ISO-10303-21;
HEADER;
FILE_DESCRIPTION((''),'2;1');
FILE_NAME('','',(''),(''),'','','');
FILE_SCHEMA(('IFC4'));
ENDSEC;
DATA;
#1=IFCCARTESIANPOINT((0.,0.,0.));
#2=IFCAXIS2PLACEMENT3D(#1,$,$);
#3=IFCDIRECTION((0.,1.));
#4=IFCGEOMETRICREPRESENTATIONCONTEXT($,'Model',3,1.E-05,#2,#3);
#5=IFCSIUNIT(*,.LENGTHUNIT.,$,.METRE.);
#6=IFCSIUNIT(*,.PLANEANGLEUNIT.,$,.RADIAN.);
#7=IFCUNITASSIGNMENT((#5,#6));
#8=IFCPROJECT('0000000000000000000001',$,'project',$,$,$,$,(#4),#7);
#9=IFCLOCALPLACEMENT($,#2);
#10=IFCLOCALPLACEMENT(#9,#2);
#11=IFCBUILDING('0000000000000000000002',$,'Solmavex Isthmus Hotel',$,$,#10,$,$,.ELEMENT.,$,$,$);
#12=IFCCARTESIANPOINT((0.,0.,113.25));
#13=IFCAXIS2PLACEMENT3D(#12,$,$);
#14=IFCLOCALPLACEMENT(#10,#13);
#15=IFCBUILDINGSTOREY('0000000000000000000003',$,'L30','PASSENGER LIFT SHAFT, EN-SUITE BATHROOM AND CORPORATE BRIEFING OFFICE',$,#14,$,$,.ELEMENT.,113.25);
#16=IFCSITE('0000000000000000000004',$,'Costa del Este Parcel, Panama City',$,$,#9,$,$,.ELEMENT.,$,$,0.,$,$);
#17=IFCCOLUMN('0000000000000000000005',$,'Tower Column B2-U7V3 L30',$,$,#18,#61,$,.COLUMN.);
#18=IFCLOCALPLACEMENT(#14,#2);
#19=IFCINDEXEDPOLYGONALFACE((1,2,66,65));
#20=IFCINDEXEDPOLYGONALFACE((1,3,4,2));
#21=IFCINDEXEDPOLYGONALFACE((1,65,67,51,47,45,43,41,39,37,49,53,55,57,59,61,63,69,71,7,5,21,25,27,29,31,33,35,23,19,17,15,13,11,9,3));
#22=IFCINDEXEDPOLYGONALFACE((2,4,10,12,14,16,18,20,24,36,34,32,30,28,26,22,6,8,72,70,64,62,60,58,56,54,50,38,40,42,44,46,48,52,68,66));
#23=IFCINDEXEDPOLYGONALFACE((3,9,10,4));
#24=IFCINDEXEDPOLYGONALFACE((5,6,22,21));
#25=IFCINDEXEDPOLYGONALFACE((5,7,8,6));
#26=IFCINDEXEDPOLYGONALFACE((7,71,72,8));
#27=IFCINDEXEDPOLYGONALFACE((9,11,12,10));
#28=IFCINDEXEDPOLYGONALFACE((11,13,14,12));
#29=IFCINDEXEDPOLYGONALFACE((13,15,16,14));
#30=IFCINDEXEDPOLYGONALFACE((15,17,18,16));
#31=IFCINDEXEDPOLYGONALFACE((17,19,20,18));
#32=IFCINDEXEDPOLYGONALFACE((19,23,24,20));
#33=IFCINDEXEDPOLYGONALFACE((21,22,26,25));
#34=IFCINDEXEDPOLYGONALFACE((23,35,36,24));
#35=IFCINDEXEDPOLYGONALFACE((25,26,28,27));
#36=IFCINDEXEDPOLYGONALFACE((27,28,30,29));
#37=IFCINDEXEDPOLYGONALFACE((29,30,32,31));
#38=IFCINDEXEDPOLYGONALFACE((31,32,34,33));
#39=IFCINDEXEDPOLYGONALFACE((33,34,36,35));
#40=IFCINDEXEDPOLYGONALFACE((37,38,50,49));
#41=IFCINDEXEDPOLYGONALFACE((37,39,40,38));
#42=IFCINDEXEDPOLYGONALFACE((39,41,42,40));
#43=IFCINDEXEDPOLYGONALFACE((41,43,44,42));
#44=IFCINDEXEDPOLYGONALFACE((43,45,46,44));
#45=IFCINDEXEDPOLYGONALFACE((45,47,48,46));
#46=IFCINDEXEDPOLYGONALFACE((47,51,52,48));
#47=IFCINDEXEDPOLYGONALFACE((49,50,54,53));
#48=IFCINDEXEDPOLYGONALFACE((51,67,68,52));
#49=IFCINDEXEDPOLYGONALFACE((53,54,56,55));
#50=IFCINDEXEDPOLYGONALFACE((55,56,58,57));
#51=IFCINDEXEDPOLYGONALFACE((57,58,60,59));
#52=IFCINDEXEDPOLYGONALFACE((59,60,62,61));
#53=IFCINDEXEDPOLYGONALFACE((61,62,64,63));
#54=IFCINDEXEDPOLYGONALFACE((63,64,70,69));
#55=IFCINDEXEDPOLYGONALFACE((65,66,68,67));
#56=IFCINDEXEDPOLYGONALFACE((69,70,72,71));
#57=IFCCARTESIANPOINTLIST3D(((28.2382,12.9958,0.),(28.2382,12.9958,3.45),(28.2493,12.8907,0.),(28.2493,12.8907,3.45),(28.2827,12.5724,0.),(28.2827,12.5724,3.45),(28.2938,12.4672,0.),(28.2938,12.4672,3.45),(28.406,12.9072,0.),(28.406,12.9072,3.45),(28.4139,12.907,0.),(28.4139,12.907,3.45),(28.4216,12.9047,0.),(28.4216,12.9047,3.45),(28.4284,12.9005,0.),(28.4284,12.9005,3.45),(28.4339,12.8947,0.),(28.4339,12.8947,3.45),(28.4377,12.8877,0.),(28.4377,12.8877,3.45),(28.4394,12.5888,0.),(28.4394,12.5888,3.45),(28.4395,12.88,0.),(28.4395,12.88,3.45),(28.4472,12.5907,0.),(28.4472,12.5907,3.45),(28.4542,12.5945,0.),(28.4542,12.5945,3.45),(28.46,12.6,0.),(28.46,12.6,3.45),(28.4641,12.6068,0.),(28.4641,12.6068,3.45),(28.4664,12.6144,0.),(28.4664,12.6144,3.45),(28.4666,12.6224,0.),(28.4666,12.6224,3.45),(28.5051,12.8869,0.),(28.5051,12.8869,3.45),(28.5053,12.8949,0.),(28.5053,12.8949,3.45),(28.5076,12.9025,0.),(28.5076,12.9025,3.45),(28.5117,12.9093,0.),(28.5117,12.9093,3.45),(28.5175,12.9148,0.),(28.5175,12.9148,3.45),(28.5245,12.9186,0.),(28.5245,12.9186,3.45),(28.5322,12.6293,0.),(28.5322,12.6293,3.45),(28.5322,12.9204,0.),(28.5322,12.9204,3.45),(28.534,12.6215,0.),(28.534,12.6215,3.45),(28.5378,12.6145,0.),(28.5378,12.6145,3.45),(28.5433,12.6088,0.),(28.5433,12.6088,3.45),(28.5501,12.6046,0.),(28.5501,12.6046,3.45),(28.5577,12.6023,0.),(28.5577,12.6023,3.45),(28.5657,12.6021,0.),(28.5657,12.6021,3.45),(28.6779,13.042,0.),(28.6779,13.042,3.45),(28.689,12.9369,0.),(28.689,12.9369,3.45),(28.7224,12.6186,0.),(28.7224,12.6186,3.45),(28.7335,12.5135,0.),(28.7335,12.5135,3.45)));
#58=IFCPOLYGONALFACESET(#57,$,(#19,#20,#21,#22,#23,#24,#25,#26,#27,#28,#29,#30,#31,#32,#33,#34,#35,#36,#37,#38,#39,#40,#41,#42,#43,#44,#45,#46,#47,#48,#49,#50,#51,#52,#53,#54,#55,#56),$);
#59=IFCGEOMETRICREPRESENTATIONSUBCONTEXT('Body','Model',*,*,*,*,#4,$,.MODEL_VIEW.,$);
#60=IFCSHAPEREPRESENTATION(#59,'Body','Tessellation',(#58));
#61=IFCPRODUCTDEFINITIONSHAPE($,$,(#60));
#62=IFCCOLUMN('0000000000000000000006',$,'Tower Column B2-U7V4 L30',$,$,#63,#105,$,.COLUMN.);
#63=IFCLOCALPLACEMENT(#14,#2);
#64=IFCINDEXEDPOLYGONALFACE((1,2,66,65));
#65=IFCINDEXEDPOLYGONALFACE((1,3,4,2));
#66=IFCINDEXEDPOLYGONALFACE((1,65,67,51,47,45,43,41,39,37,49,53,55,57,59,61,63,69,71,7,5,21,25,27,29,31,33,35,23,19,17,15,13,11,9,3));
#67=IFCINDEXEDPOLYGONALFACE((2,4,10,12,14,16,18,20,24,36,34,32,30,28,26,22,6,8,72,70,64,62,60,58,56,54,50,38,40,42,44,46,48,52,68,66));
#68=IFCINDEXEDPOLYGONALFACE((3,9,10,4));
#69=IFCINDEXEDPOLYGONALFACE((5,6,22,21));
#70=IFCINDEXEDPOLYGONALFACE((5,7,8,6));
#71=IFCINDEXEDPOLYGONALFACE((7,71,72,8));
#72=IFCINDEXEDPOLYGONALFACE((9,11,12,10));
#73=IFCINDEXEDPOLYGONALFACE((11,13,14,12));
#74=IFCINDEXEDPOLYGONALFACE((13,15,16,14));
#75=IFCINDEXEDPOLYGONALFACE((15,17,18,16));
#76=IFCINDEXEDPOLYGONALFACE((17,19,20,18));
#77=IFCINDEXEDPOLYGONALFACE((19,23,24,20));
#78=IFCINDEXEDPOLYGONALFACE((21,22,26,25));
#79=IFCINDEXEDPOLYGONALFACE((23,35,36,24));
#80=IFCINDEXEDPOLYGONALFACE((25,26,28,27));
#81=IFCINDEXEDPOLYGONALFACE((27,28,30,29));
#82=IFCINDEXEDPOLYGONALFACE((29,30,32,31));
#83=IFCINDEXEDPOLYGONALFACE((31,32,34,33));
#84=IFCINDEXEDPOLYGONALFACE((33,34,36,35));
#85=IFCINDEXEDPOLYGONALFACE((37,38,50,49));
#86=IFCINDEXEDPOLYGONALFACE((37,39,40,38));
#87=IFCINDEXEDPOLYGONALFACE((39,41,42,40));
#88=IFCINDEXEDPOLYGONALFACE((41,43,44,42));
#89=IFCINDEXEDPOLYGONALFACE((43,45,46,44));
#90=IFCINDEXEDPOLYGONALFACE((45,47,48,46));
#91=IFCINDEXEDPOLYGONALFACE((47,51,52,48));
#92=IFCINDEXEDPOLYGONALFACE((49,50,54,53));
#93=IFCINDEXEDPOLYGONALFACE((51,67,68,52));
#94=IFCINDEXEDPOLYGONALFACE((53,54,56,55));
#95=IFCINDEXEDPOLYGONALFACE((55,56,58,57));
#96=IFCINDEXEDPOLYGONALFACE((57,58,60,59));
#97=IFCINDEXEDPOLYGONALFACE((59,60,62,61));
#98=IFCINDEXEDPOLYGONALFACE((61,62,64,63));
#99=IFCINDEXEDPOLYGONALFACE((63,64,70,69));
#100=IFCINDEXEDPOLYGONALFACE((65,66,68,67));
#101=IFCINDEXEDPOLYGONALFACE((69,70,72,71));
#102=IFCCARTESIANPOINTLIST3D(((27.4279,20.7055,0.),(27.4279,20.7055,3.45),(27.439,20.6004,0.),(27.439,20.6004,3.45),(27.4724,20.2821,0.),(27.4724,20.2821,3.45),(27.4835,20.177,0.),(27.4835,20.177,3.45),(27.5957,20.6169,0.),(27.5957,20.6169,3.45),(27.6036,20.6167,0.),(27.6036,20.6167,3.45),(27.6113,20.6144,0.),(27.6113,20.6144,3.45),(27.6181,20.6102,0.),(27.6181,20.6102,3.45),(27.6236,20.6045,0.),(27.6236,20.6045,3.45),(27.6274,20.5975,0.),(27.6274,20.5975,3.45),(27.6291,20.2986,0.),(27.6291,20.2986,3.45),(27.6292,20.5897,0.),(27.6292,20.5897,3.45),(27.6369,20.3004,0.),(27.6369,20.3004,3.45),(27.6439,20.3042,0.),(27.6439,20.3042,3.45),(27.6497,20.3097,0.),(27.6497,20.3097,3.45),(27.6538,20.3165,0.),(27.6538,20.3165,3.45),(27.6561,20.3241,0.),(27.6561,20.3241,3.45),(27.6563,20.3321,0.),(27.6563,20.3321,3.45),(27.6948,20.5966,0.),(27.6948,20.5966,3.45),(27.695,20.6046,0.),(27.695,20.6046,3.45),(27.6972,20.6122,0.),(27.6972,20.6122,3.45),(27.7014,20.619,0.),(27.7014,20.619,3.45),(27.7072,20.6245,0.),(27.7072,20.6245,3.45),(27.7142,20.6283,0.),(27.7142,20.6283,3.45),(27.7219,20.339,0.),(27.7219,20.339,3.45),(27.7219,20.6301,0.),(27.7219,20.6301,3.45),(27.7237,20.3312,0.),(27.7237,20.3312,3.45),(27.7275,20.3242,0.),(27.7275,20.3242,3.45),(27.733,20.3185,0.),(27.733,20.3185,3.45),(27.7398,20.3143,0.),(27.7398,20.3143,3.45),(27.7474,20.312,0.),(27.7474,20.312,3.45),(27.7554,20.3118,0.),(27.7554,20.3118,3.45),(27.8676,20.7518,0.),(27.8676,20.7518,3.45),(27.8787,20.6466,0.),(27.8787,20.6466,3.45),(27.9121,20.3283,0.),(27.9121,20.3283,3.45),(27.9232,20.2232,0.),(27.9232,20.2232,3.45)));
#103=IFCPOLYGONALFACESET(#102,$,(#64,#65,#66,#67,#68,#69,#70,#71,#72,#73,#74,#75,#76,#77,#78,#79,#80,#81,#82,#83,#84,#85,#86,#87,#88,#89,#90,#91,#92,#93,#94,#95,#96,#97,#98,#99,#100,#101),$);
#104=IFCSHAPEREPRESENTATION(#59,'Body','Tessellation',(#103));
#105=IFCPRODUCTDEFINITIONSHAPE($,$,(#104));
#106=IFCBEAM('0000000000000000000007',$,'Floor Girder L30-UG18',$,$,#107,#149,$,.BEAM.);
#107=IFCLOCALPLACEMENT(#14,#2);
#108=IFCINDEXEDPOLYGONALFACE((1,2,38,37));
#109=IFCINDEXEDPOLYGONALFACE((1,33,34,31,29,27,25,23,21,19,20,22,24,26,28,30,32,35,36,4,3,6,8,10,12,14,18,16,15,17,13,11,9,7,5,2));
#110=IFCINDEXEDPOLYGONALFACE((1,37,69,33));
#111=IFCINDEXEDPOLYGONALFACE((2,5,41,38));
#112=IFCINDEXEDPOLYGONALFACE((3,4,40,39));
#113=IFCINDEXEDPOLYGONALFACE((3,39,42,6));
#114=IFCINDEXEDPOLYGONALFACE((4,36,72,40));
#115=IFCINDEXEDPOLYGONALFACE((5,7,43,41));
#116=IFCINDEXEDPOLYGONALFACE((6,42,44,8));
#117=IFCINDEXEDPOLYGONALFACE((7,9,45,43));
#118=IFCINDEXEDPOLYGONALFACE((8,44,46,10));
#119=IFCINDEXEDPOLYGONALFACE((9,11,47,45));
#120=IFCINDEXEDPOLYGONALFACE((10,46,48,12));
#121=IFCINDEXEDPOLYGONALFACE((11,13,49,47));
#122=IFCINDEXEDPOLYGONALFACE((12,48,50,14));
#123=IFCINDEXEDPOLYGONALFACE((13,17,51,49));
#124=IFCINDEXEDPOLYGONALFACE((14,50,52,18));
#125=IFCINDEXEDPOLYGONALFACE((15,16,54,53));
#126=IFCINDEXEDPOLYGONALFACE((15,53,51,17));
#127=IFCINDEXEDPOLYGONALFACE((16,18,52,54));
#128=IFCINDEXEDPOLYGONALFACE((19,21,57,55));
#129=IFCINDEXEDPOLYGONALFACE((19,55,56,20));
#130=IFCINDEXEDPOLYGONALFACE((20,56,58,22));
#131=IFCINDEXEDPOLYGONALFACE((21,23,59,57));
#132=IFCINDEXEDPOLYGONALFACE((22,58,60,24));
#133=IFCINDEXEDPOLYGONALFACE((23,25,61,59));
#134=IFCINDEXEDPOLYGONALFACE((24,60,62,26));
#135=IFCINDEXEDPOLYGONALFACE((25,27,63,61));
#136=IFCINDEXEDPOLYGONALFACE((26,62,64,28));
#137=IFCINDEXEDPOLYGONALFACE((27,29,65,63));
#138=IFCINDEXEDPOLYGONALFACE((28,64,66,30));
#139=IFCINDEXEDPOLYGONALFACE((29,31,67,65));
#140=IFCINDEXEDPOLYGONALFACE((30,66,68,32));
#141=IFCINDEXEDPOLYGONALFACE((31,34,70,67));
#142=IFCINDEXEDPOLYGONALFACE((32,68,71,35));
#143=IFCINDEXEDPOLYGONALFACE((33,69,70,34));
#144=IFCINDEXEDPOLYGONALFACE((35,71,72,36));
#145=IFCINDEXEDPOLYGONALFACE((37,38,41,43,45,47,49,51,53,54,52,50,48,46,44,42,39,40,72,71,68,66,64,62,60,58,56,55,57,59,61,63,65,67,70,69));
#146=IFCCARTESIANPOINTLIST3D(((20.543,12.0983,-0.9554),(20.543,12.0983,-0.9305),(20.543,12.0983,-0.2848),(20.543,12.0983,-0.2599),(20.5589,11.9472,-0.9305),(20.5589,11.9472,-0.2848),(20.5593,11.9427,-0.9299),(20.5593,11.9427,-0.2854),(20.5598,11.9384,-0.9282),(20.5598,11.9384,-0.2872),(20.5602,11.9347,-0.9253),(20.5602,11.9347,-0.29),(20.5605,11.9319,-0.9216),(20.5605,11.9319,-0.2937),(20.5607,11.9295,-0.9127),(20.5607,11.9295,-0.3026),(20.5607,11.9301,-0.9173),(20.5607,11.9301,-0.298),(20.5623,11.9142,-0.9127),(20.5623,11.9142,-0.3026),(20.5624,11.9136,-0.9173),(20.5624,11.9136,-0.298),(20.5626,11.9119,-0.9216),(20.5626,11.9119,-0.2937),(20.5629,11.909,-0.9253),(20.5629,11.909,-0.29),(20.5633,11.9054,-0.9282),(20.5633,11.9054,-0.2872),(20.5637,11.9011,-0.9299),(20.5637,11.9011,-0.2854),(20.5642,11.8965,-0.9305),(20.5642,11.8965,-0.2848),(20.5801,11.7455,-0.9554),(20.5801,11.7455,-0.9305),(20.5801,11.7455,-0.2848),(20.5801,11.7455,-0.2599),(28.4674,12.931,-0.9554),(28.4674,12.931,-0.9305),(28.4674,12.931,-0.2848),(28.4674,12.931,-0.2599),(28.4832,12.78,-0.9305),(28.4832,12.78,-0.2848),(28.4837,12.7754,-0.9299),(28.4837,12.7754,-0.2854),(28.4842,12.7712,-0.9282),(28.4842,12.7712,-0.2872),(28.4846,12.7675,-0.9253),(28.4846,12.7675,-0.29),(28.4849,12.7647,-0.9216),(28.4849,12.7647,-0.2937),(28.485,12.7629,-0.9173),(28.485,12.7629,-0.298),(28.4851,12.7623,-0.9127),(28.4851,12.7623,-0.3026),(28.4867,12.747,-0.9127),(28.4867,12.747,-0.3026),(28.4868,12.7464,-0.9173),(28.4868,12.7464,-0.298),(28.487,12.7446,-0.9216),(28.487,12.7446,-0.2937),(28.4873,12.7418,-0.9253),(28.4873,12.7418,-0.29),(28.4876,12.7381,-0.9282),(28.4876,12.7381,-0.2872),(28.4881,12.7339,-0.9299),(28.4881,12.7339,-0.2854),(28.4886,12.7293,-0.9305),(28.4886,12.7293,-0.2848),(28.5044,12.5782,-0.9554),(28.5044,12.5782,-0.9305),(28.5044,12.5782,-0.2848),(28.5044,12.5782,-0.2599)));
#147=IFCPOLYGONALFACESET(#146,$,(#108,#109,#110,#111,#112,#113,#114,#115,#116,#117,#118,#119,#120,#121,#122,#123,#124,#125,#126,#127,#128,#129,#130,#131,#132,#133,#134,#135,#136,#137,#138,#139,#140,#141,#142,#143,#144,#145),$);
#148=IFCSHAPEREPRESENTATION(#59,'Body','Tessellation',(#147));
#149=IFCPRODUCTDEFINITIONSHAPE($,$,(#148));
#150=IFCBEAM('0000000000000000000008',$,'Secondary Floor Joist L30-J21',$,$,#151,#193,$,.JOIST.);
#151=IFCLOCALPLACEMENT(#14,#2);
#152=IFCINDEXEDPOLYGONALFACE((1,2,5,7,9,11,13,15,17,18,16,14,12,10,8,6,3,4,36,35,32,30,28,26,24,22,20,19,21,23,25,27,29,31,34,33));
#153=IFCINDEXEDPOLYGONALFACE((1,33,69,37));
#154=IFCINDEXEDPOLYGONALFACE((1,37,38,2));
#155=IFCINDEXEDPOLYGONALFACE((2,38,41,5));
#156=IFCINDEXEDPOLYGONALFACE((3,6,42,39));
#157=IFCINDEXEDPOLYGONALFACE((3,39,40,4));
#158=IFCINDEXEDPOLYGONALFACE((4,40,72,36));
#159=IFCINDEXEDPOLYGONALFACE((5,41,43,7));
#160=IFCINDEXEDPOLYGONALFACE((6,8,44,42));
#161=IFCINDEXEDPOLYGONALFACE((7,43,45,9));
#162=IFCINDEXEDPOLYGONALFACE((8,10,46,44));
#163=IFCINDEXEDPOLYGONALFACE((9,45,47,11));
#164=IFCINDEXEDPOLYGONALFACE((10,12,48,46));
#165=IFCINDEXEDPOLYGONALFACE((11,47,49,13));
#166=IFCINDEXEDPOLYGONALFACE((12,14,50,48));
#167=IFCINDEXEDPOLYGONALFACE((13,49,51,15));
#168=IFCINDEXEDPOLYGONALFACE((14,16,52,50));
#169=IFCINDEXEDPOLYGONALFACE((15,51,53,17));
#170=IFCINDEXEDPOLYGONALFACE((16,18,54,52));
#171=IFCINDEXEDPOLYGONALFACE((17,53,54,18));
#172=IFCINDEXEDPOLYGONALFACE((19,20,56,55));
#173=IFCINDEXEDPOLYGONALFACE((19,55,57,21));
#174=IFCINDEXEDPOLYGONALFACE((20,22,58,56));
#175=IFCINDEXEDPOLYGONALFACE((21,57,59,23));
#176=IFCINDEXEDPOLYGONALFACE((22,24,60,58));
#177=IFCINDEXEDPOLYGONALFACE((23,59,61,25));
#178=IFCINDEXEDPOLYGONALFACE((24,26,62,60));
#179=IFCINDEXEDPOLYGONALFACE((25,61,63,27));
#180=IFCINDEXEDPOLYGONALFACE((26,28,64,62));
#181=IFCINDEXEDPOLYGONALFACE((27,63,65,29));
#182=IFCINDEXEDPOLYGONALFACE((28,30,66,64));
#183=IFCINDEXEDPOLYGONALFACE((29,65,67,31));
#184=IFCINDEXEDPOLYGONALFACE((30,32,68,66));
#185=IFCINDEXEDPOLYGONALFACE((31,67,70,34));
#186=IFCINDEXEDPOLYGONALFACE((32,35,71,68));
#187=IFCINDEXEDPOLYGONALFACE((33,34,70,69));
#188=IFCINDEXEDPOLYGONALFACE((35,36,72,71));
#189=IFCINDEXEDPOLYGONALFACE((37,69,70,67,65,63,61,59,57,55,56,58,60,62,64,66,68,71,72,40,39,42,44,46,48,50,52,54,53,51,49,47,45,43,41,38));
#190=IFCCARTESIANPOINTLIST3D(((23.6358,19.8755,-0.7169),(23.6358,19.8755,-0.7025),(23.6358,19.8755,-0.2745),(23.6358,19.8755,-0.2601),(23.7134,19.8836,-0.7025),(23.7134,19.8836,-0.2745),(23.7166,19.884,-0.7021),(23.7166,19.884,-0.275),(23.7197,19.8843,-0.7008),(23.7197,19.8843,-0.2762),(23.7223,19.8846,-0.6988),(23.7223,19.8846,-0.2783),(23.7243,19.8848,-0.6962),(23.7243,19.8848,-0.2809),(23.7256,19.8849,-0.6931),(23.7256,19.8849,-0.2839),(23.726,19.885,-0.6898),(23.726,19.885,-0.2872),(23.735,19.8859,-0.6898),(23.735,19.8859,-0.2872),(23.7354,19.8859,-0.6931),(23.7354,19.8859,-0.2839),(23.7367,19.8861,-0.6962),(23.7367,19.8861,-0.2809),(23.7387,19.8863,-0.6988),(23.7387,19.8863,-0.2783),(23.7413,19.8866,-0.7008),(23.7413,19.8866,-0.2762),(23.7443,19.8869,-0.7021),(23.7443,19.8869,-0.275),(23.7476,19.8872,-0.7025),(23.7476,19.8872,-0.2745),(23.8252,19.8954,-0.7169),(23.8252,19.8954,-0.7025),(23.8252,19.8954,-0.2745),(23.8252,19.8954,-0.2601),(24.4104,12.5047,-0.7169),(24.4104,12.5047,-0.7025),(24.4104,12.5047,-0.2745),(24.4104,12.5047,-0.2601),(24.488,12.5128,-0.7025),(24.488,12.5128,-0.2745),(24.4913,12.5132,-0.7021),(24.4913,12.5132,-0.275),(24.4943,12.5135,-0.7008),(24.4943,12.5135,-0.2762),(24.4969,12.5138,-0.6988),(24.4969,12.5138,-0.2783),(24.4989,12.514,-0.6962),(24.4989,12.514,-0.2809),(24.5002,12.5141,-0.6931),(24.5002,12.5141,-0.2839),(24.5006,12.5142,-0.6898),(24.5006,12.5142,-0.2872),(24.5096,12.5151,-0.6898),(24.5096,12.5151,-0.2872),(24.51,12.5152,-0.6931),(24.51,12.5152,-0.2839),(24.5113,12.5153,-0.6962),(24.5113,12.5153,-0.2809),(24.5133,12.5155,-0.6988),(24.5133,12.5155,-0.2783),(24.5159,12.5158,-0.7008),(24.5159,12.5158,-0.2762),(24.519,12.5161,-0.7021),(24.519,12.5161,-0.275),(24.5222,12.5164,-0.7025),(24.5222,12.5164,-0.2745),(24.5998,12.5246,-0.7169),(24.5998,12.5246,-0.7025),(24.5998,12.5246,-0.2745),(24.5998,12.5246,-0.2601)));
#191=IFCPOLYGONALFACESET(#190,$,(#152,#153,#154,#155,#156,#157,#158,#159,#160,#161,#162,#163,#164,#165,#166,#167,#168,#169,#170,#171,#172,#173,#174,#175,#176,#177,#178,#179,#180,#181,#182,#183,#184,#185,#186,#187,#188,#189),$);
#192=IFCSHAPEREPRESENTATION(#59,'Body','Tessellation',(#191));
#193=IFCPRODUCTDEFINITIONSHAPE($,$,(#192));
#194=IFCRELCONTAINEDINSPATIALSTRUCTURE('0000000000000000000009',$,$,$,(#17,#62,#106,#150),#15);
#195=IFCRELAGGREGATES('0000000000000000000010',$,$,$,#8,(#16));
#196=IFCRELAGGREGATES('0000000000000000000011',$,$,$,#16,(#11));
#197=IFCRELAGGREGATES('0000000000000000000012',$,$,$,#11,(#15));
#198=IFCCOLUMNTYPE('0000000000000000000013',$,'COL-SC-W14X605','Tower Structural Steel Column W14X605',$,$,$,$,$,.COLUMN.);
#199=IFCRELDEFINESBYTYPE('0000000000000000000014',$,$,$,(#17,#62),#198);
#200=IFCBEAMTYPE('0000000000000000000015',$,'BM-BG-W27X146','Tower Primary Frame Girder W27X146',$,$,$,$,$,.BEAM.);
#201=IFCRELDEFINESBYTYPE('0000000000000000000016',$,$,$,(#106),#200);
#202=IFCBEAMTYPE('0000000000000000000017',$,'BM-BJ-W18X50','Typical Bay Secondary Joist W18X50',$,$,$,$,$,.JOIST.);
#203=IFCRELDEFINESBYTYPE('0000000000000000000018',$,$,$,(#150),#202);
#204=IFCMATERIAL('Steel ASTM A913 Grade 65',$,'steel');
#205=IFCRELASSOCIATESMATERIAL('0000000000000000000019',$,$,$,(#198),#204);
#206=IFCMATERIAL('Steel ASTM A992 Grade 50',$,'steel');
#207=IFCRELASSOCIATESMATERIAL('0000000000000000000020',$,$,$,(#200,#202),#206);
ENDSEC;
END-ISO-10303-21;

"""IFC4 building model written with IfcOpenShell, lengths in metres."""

from ifc_helpers import new_model, si_unit, direction, frame, origin, origin_2d, place, context, subcontext, project, spatial, i_section, extrude, material, material_profile, profile_set, type_object, element, save


model = new_model("IFC4")

# Units and contexts
model_context = context("Model", 3, precision=1e-05, world=origin(), true_north=direction((0.0, 1.0)))
body_context = subcontext(model_context, "Body", "Model", "MODEL_VIEW")
ifc_project = project(units=[si_unit("LENGTHUNIT", "METRE"), si_unit("PLANEANGLEUNIT", "RADIAN")], contexts=[model_context])

# Site, building, storey
site_placement = place(None, origin())
site = spatial("IfcSite", under=ifc_project, at=site_placement, Name="Costa del Este Parcel, Panama City", CompositionType="ELEMENT", RefElevation=0.0)
building_placement = place(site_placement, origin())
building = spatial("IfcBuilding", under=site, at=building_placement, Name="Solmavex Isthmus Hotel", CompositionType="ELEMENT")
storey_placement = place(building_placement, frame((0.0, 0.0, 113.25)))
storey = spatial("IfcBuildingStorey", under=building, at=storey_placement, Name="L30", Description="PASSENGER LIFT SHAFT, EN-SUITE BATHROOM AND CORPORATE BRIEFING OFFICE", CompositionType="ELEMENT", Elevation=113.25)

# Columns
ifc_material_1 = material(Name="Steel ASTM A913 Grade 65", Category="steel")
ifc_material_profile_1 = material_profile(ifc_material_1, i_section(OverallWidth=0.4421, OverallDepth=0.5315, WebThickness=0.0659, FlangeThickness=0.1057, FilletRadius=0.0305, at=origin_2d()), Name="W14X605")
ifc_profile_set_1 = profile_set([ifc_material_profile_1], Name="Steel ASTM A913 Grade 65")
column_type = type_object("IfcColumnType", Name="COL-SC-W14X605", Description="Tower Structural Steel Column W14X605", PredefinedType="COLUMN", material=ifc_profile_set_1)
for number, where, z_axis, x_axis, name in (
    (1, (28.4858, 12.7546, 0.0), (0.0, 0.0, 1.0), (0.994522, 0.104528, 0.0), "Tower Column B2-U7V3 L30"),
    (2, (27.6755, 20.4644, 0.0), (0.0, 0.0, 1.0), (0.994522, 0.104528, 0.0), "Tower Column B2-U7V4 L30"),
):
    element("IfcColumn", number, at=place(storey_placement, frame(where, z_axis=z_axis, x_axis=x_axis)), inside=storey, type_object=column_type, Name=name, PredefinedType="COLUMN", context=body_context, shape_type="SweptSolid", body=[
        extrude(i_section(OverallWidth=0.4421, OverallDepth=0.5315, WebThickness=0.0659, FlangeThickness=0.1057, FilletRadius=0.0305, at=origin_2d()), origin(), (0.0, 0.0, 1.0), 3.45),
    ])

# Beams
ifc_material_2 = material(Name="Steel ASTM A992 Grade 50", Category="steel")
ifc_material_profile_2 = material_profile(ifc_material_2, i_section(OverallWidth=0.3547, OverallDepth=0.6956, WebThickness=0.0154, FlangeThickness=0.0249, FilletRadius=0.0178, at=origin_2d()), Name="W27X146")
ifc_profile_set_2 = profile_set([ifc_material_profile_2], Name="Steel ASTM A992 Grade 50")
beam_type_1 = type_object("IfcBeamType", Name="BM-BG-W27X146", Description="Tower Primary Frame Girder W27X146", PredefinedType="BEAM", material=ifc_profile_set_2)
beam_1_placement = place(storey_placement, frame((20.5615, 11.9219, -0.6077), z_axis=(0.994523, 0.104514, 0.0), x_axis=(-0.104514, 0.994523, 0.0)))
element("IfcBeam", 3, at=beam_1_placement, inside=storey, type_object=beam_type_1, Name="Floor Girder L30-UG18", PredefinedType="BEAM", context=body_context, shape_type="SweptSolid", body=[
    extrude(i_section(OverallWidth=0.3547, OverallDepth=0.6956, WebThickness=0.0154, FlangeThickness=0.0249, FilletRadius=0.0178, at=origin_2d()), origin(), (0.0, 0.0, 1.0), 7.968),
])
ifc_material_profile_3 = material_profile(ifc_material_2, i_section(OverallWidth=0.1904, OverallDepth=0.4568, WebThickness=0.009, FlangeThickness=0.0144, FilletRadius=0.0127, at=origin_2d()), Name="W18X50")
ifc_profile_set_3 = profile_set([ifc_material_profile_3], Name="Steel ASTM A992 Grade 50")
beam_type_2 = type_object("IfcBeamType", Name="BM-BJ-W18X50", Description="Typical Bay Secondary Joist W18X50", PredefinedType="JOIST", material=ifc_profile_set_3)
beam_2_placement = place(storey_placement, frame((24.5051, 12.5146, -0.4885), z_axis=(-0.104522, 0.994523, 0.0), x_axis=(-0.994523, -0.104522, 0.0)))
element("IfcBeam", 4, at=beam_2_placement, inside=storey, type_object=beam_type_2, Name="Secondary Floor Joist L30-J21", PredefinedType="JOIST", context=body_context, shape_type="SweptSolid", body=[
    extrude(i_section(OverallWidth=0.1904, OverallDepth=0.4568, WebThickness=0.009, FlangeThickness=0.0144, FilletRadius=0.0127, at=origin_2d()), origin(), (0.0, 0.0, 1.0), 7.4114),
])

save(model, "model.ifc")
